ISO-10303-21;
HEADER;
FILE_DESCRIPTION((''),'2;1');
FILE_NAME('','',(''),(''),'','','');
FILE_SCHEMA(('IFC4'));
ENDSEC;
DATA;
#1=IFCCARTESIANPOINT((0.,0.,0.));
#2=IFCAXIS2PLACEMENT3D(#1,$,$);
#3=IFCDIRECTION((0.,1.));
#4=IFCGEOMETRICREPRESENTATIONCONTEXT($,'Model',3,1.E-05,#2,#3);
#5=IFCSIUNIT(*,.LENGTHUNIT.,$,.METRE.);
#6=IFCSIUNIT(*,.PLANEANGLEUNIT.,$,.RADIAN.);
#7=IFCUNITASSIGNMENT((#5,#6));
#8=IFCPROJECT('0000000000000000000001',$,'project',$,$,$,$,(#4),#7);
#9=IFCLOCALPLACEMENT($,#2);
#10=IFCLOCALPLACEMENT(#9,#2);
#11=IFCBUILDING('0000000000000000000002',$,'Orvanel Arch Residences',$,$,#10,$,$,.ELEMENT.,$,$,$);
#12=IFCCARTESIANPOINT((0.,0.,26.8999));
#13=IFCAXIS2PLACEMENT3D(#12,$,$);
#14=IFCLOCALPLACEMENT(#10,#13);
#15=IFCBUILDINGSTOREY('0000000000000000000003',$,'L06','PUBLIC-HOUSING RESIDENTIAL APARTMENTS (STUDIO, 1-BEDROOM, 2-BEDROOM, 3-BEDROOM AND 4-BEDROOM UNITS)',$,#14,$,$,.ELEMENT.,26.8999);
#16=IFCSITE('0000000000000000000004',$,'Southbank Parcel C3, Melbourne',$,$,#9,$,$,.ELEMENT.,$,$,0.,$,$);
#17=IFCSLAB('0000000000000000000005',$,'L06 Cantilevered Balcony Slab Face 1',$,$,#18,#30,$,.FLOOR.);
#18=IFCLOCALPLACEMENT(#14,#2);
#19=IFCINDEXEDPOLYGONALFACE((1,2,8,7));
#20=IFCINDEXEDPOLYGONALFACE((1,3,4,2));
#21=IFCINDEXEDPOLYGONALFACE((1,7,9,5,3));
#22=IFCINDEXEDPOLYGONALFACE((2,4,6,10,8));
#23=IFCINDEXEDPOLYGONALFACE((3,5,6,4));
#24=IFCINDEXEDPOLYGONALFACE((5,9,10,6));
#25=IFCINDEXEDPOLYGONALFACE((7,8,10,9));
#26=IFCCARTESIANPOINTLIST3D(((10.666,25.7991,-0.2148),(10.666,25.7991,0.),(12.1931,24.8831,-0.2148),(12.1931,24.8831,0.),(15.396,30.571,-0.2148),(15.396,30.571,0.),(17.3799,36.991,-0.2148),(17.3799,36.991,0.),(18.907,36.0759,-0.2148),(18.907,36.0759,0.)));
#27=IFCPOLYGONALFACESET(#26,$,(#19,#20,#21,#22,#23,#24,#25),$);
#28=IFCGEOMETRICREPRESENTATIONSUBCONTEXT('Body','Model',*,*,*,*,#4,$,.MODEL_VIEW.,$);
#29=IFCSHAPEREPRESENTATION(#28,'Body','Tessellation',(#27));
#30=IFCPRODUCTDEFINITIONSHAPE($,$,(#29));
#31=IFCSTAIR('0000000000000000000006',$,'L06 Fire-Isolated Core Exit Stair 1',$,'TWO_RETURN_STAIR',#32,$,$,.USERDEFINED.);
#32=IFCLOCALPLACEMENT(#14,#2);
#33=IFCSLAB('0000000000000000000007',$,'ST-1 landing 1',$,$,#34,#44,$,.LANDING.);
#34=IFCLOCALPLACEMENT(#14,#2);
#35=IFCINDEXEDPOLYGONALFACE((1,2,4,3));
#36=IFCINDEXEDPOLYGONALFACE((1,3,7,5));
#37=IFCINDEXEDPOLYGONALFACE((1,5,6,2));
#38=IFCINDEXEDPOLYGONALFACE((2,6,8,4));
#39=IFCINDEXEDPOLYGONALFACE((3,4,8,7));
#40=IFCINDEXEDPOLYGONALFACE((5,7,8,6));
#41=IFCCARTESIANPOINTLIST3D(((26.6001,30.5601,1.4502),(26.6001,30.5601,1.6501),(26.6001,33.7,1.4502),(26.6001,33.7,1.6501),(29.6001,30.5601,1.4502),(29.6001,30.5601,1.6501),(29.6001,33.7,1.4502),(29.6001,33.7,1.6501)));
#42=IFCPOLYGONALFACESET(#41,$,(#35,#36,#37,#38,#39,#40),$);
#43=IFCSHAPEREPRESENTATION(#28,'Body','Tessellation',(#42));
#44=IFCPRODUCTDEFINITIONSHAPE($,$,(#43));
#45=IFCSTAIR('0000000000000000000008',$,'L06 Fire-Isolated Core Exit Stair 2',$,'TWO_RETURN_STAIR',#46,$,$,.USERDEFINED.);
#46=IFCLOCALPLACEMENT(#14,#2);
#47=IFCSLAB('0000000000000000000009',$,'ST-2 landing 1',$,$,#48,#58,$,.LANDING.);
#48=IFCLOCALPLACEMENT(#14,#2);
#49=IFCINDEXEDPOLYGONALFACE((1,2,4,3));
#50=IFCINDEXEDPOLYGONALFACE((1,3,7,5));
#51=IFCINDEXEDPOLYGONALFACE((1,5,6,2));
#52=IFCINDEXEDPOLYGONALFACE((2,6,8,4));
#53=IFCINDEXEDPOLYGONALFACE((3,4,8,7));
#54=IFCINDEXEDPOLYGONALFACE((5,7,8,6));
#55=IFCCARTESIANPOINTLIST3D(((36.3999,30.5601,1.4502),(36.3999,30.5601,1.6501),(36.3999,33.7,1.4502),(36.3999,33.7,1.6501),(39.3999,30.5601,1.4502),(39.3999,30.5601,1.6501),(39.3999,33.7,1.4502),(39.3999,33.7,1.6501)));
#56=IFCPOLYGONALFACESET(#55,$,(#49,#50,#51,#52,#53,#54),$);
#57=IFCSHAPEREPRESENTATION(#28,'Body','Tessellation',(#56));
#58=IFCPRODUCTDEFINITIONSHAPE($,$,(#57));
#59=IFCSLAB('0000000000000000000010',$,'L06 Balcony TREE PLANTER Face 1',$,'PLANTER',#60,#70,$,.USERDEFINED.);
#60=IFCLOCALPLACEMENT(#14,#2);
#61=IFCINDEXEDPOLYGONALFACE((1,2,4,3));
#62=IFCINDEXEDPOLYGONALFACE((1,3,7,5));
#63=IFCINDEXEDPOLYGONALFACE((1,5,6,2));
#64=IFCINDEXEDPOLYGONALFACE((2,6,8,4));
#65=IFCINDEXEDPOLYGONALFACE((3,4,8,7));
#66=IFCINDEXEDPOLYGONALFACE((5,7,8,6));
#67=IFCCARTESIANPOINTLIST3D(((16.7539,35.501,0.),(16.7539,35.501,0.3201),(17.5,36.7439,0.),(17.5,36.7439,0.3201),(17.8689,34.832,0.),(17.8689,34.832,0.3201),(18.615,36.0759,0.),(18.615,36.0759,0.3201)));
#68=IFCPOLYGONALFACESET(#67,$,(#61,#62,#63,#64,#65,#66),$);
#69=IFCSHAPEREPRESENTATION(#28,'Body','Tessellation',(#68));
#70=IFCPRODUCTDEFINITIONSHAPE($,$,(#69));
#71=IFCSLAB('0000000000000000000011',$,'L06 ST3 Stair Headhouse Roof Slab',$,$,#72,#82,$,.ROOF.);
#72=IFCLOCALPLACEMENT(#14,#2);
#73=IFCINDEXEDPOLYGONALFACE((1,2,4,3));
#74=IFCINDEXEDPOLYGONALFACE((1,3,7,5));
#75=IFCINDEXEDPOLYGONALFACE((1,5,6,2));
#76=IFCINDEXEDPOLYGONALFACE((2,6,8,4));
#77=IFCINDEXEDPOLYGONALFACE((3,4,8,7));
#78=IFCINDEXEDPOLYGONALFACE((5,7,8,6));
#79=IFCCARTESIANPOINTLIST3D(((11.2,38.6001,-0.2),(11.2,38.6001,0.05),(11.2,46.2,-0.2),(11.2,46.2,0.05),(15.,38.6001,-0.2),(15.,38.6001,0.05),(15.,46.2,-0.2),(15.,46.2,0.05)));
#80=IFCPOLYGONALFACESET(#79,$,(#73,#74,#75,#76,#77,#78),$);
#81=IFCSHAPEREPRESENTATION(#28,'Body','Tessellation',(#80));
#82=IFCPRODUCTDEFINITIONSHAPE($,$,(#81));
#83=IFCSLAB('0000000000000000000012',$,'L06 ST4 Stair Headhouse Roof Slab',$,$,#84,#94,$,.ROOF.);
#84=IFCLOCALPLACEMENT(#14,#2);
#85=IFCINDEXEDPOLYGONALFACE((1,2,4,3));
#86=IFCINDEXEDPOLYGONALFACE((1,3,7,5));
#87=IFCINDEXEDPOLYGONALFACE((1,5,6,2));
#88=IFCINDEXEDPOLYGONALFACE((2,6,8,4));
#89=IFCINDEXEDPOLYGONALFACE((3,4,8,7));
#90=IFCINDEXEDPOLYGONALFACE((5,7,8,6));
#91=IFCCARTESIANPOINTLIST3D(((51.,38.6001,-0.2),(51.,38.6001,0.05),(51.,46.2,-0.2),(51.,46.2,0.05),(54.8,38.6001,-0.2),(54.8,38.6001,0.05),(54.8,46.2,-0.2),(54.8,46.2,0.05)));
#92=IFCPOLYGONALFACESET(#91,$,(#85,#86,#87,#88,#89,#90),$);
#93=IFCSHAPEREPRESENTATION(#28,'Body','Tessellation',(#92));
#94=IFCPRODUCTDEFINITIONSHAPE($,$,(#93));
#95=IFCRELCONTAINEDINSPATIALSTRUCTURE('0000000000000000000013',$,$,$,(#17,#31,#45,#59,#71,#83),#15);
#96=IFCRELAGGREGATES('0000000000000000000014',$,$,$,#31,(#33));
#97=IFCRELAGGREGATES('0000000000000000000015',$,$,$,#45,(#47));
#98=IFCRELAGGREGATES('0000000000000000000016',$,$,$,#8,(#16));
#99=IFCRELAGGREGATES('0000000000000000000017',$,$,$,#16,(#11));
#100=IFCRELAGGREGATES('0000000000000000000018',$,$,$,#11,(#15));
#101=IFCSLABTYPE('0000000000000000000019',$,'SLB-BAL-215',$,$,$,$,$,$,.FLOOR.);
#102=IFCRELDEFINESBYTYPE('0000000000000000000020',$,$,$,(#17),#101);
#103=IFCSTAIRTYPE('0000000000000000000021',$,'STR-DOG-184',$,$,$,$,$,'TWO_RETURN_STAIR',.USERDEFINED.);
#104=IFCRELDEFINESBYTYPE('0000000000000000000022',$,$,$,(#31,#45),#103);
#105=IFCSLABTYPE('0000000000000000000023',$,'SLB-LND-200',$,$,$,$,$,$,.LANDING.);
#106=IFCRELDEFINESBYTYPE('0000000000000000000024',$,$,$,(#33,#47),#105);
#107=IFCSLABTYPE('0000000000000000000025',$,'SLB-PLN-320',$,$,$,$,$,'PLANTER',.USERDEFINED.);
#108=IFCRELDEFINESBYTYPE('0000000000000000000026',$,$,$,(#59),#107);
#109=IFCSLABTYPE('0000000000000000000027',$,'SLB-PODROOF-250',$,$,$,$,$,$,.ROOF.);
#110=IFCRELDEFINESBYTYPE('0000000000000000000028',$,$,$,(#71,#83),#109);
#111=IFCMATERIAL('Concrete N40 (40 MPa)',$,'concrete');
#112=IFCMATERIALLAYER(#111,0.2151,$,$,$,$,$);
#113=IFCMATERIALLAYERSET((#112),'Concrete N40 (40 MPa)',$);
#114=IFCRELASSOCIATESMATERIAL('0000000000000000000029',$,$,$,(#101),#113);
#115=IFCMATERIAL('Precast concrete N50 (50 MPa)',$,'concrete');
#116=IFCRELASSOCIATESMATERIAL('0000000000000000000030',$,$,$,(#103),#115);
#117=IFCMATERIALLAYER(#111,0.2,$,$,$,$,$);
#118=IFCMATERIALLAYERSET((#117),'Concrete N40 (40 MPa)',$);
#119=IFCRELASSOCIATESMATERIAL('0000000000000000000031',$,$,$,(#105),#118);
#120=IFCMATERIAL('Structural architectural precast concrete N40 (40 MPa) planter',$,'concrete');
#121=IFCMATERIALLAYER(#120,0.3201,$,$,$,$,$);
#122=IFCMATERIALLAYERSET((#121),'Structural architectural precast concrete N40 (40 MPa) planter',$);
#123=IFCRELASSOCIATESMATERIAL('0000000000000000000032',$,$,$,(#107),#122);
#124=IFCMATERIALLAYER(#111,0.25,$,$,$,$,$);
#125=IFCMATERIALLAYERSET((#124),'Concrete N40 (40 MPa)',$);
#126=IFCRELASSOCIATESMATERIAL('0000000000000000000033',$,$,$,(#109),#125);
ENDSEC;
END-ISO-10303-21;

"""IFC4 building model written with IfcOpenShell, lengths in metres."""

from ifc_helpers import new_model, si_unit, direction, frame, origin, place, context, subcontext, project, spatial, polyline, outline, extrude, material, layer, layer_set, type_object, element, aggregate, save


model = new_model("IFC4")

# Units and contexts
model_context = context("Model", 3, precision=1e-05, world=origin(), true_north=direction((0.0, 1.0)))
body_context = subcontext(model_context, "Body", "Model", "MODEL_VIEW")
ifc_project = project(units=[si_unit("LENGTHUNIT", "METRE"), si_unit("PLANEANGLEUNIT", "RADIAN")], contexts=[model_context])

# Site, building, storey
site_placement = place(None, origin())
site = spatial("IfcSite", under=ifc_project, at=site_placement, Name="Southbank Parcel C3, Melbourne", CompositionType="ELEMENT", RefElevation=0.0)
building_placement = place(site_placement, origin())
building = spatial("IfcBuilding", under=site, at=building_placement, Name="Orvanel Arch Residences", CompositionType="ELEMENT")
storey_placement = place(building_placement, frame((0.0, 0.0, 26.8999)))
storey = spatial("IfcBuildingStorey", under=building, at=storey_placement, Name="L06", Description="PUBLIC-HOUSING RESIDENTIAL APARTMENTS (STUDIO, 1-BEDROOM, 2-BEDROOM, 3-BEDROOM AND 4-BEDROOM UNITS)", CompositionType="ELEMENT", Elevation=26.8999)

# Slab
ifc_material_1 = material(Name="Concrete N40 (40 MPa)", Category="concrete")
ifc_layer_1 = layer(ifc_material_1, 0.2151)
ifc_layer_set_1 = layer_set([ifc_layer_1], Name="Concrete N40 (40 MPa)")
slab_type_1 = type_object("IfcSlabType", Name="SLB-BAL-215", PredefinedType="FLOOR", material=ifc_layer_set_1)
slab_1_placement = place(storey_placement, frame((0.0, 0.0, -0.2148)))
element("IfcSlab", 1, at=slab_1_placement, inside=storey, type_object=slab_type_1, Name="L06 Cantilevered Balcony Slab Face 1", PredefinedType="FLOOR", context=body_context, shape_type="SweptSolid", body=[
    extrude(outline(polyline([(17.3799, 36.991), (10.666, 25.7991), (12.1931, 24.8831), (15.396, 30.571), (18.907, 36.0759), (17.3799, 36.991)])), origin(), (0.0, 0.0, 1.0), 0.2148),
])

# Stairs, slabs
ifc_material_2 = material(Name="Precast concrete N50 (50 MPa)", Category="concrete")
stair_type = type_object("IfcStairType", Name="STR-DOG-184", ElementType="TWO_RETURN_STAIR", PredefinedType="USERDEFINED", material=ifc_material_2)
stair_1_placement = place(storey_placement, origin())
stair_1 = element("IfcStair", 2, at=stair_1_placement, inside=storey, type_object=stair_type, Name="L06 Fire-Isolated Core Exit Stair 1", ObjectType="TWO_RETURN_STAIR", PredefinedType="USERDEFINED")
ifc_layer_2 = layer(ifc_material_1, 0.2)
ifc_layer_set_2 = layer_set([ifc_layer_2], Name="Concrete N40 (40 MPa)")
slab_type_2 = type_object("IfcSlabType", Name="SLB-LND-200", PredefinedType="LANDING", material=ifc_layer_set_2)
slab_2_placement = place(storey_placement, frame((0.0, 0.0, 1.4502)))
slab_2 = element("IfcSlab", 3, at=slab_2_placement, type_object=slab_type_2, Name="ST-1 landing 1", PredefinedType="LANDING", context=body_context, shape_type="SweptSolid", body=[
    extrude(outline(polyline([(29.6001, 30.5601), (29.6001, 33.7), (26.6001, 33.7), (26.6001, 30.5601), (29.6001, 30.5601)])), origin(), (0.0, 0.0, 1.0), 0.2),
])
aggregate(stair_1, [slab_2])
stair_2_placement = place(storey_placement, origin())
stair_2 = element("IfcStair", 4, at=stair_2_placement, inside=storey, type_object=stair_type, Name="L06 Fire-Isolated Core Exit Stair 2", ObjectType="TWO_RETURN_STAIR", PredefinedType="USERDEFINED")
slab_3_placement = place(storey_placement, frame((0.0, 0.0, 1.4502)))
slab_3 = element("IfcSlab", 5, at=slab_3_placement, type_object=slab_type_2, Name="ST-2 landing 1", PredefinedType="LANDING", context=body_context, shape_type="SweptSolid", body=[
    extrude(outline(polyline([(39.3999, 30.5601), (39.3999, 33.7), (36.3999, 33.7), (36.3999, 30.5601), (39.3999, 30.5601)])), origin(), (0.0, 0.0, 1.0), 0.2),
])
aggregate(stair_2, [slab_3])

# Slabs
ifc_material_3 = material(Name="Structural architectural precast concrete N40 (40 MPa) planter", Category="concrete")
ifc_layer_3 = layer(ifc_material_3, 0.3201)
ifc_layer_set_3 = layer_set([ifc_layer_3], Name="Structural architectural precast concrete N40 (40 MPa) planter")
slab_type_3 = type_object("IfcSlabType", Name="SLB-PLN-320", ElementType="PLANTER", PredefinedType="USERDEFINED", material=ifc_layer_set_3)
slab_4_placement = place(storey_placement, origin())
element("IfcSlab", 6, at=slab_4_placement, inside=storey, type_object=slab_type_3, Name="L06 Balcony TREE PLANTER Face 1", ObjectType="PLANTER", PredefinedType="USERDEFINED", context=body_context, shape_type="SweptSolid", body=[
    extrude(outline(polyline([(17.5, 36.7439), (16.7539, 35.501), (17.8689, 34.832), (18.615, 36.0759), (17.5, 36.7439)])), origin(), (0.0, 0.0, 1.0), 0.3201),
])
ifc_layer_4 = layer(ifc_material_1, 0.25)
ifc_layer_set_4 = layer_set([ifc_layer_4], Name="Concrete N40 (40 MPa)")
slab_type_4 = type_object("IfcSlabType", Name="SLB-PODROOF-250", PredefinedType="ROOF", material=ifc_layer_set_4)
slab_5_placement = place(storey_placement, frame((0.0, 0.0, -0.2)))
element("IfcSlab", 7, at=slab_5_placement, inside=storey, type_object=slab_type_4, Name="L06 ST3 Stair Headhouse Roof Slab", PredefinedType="ROOF", context=body_context, shape_type="SweptSolid", body=[
    extrude(outline(polyline([(11.2, 38.6001), (15.0, 38.6001), (15.0, 46.2), (11.2, 46.2), (11.2, 38.6001)])), origin(), (0.0, 0.0, 1.0), 0.25),
])
slab_6_placement = place(storey_placement, frame((0.0, 0.0, -0.2)))
element("IfcSlab", 8, at=slab_6_placement, inside=storey, type_object=slab_type_4, Name="L06 ST4 Stair Headhouse Roof Slab", PredefinedType="ROOF", context=body_context, shape_type="SweptSolid", body=[
    extrude(outline(polyline([(51.0, 38.6001), (54.8, 38.6001), (54.8, 46.2), (51.0, 46.2), (51.0, 38.6001)])), origin(), (0.0, 0.0, 1.0), 0.25),
])

save(model, "model.ifc")
